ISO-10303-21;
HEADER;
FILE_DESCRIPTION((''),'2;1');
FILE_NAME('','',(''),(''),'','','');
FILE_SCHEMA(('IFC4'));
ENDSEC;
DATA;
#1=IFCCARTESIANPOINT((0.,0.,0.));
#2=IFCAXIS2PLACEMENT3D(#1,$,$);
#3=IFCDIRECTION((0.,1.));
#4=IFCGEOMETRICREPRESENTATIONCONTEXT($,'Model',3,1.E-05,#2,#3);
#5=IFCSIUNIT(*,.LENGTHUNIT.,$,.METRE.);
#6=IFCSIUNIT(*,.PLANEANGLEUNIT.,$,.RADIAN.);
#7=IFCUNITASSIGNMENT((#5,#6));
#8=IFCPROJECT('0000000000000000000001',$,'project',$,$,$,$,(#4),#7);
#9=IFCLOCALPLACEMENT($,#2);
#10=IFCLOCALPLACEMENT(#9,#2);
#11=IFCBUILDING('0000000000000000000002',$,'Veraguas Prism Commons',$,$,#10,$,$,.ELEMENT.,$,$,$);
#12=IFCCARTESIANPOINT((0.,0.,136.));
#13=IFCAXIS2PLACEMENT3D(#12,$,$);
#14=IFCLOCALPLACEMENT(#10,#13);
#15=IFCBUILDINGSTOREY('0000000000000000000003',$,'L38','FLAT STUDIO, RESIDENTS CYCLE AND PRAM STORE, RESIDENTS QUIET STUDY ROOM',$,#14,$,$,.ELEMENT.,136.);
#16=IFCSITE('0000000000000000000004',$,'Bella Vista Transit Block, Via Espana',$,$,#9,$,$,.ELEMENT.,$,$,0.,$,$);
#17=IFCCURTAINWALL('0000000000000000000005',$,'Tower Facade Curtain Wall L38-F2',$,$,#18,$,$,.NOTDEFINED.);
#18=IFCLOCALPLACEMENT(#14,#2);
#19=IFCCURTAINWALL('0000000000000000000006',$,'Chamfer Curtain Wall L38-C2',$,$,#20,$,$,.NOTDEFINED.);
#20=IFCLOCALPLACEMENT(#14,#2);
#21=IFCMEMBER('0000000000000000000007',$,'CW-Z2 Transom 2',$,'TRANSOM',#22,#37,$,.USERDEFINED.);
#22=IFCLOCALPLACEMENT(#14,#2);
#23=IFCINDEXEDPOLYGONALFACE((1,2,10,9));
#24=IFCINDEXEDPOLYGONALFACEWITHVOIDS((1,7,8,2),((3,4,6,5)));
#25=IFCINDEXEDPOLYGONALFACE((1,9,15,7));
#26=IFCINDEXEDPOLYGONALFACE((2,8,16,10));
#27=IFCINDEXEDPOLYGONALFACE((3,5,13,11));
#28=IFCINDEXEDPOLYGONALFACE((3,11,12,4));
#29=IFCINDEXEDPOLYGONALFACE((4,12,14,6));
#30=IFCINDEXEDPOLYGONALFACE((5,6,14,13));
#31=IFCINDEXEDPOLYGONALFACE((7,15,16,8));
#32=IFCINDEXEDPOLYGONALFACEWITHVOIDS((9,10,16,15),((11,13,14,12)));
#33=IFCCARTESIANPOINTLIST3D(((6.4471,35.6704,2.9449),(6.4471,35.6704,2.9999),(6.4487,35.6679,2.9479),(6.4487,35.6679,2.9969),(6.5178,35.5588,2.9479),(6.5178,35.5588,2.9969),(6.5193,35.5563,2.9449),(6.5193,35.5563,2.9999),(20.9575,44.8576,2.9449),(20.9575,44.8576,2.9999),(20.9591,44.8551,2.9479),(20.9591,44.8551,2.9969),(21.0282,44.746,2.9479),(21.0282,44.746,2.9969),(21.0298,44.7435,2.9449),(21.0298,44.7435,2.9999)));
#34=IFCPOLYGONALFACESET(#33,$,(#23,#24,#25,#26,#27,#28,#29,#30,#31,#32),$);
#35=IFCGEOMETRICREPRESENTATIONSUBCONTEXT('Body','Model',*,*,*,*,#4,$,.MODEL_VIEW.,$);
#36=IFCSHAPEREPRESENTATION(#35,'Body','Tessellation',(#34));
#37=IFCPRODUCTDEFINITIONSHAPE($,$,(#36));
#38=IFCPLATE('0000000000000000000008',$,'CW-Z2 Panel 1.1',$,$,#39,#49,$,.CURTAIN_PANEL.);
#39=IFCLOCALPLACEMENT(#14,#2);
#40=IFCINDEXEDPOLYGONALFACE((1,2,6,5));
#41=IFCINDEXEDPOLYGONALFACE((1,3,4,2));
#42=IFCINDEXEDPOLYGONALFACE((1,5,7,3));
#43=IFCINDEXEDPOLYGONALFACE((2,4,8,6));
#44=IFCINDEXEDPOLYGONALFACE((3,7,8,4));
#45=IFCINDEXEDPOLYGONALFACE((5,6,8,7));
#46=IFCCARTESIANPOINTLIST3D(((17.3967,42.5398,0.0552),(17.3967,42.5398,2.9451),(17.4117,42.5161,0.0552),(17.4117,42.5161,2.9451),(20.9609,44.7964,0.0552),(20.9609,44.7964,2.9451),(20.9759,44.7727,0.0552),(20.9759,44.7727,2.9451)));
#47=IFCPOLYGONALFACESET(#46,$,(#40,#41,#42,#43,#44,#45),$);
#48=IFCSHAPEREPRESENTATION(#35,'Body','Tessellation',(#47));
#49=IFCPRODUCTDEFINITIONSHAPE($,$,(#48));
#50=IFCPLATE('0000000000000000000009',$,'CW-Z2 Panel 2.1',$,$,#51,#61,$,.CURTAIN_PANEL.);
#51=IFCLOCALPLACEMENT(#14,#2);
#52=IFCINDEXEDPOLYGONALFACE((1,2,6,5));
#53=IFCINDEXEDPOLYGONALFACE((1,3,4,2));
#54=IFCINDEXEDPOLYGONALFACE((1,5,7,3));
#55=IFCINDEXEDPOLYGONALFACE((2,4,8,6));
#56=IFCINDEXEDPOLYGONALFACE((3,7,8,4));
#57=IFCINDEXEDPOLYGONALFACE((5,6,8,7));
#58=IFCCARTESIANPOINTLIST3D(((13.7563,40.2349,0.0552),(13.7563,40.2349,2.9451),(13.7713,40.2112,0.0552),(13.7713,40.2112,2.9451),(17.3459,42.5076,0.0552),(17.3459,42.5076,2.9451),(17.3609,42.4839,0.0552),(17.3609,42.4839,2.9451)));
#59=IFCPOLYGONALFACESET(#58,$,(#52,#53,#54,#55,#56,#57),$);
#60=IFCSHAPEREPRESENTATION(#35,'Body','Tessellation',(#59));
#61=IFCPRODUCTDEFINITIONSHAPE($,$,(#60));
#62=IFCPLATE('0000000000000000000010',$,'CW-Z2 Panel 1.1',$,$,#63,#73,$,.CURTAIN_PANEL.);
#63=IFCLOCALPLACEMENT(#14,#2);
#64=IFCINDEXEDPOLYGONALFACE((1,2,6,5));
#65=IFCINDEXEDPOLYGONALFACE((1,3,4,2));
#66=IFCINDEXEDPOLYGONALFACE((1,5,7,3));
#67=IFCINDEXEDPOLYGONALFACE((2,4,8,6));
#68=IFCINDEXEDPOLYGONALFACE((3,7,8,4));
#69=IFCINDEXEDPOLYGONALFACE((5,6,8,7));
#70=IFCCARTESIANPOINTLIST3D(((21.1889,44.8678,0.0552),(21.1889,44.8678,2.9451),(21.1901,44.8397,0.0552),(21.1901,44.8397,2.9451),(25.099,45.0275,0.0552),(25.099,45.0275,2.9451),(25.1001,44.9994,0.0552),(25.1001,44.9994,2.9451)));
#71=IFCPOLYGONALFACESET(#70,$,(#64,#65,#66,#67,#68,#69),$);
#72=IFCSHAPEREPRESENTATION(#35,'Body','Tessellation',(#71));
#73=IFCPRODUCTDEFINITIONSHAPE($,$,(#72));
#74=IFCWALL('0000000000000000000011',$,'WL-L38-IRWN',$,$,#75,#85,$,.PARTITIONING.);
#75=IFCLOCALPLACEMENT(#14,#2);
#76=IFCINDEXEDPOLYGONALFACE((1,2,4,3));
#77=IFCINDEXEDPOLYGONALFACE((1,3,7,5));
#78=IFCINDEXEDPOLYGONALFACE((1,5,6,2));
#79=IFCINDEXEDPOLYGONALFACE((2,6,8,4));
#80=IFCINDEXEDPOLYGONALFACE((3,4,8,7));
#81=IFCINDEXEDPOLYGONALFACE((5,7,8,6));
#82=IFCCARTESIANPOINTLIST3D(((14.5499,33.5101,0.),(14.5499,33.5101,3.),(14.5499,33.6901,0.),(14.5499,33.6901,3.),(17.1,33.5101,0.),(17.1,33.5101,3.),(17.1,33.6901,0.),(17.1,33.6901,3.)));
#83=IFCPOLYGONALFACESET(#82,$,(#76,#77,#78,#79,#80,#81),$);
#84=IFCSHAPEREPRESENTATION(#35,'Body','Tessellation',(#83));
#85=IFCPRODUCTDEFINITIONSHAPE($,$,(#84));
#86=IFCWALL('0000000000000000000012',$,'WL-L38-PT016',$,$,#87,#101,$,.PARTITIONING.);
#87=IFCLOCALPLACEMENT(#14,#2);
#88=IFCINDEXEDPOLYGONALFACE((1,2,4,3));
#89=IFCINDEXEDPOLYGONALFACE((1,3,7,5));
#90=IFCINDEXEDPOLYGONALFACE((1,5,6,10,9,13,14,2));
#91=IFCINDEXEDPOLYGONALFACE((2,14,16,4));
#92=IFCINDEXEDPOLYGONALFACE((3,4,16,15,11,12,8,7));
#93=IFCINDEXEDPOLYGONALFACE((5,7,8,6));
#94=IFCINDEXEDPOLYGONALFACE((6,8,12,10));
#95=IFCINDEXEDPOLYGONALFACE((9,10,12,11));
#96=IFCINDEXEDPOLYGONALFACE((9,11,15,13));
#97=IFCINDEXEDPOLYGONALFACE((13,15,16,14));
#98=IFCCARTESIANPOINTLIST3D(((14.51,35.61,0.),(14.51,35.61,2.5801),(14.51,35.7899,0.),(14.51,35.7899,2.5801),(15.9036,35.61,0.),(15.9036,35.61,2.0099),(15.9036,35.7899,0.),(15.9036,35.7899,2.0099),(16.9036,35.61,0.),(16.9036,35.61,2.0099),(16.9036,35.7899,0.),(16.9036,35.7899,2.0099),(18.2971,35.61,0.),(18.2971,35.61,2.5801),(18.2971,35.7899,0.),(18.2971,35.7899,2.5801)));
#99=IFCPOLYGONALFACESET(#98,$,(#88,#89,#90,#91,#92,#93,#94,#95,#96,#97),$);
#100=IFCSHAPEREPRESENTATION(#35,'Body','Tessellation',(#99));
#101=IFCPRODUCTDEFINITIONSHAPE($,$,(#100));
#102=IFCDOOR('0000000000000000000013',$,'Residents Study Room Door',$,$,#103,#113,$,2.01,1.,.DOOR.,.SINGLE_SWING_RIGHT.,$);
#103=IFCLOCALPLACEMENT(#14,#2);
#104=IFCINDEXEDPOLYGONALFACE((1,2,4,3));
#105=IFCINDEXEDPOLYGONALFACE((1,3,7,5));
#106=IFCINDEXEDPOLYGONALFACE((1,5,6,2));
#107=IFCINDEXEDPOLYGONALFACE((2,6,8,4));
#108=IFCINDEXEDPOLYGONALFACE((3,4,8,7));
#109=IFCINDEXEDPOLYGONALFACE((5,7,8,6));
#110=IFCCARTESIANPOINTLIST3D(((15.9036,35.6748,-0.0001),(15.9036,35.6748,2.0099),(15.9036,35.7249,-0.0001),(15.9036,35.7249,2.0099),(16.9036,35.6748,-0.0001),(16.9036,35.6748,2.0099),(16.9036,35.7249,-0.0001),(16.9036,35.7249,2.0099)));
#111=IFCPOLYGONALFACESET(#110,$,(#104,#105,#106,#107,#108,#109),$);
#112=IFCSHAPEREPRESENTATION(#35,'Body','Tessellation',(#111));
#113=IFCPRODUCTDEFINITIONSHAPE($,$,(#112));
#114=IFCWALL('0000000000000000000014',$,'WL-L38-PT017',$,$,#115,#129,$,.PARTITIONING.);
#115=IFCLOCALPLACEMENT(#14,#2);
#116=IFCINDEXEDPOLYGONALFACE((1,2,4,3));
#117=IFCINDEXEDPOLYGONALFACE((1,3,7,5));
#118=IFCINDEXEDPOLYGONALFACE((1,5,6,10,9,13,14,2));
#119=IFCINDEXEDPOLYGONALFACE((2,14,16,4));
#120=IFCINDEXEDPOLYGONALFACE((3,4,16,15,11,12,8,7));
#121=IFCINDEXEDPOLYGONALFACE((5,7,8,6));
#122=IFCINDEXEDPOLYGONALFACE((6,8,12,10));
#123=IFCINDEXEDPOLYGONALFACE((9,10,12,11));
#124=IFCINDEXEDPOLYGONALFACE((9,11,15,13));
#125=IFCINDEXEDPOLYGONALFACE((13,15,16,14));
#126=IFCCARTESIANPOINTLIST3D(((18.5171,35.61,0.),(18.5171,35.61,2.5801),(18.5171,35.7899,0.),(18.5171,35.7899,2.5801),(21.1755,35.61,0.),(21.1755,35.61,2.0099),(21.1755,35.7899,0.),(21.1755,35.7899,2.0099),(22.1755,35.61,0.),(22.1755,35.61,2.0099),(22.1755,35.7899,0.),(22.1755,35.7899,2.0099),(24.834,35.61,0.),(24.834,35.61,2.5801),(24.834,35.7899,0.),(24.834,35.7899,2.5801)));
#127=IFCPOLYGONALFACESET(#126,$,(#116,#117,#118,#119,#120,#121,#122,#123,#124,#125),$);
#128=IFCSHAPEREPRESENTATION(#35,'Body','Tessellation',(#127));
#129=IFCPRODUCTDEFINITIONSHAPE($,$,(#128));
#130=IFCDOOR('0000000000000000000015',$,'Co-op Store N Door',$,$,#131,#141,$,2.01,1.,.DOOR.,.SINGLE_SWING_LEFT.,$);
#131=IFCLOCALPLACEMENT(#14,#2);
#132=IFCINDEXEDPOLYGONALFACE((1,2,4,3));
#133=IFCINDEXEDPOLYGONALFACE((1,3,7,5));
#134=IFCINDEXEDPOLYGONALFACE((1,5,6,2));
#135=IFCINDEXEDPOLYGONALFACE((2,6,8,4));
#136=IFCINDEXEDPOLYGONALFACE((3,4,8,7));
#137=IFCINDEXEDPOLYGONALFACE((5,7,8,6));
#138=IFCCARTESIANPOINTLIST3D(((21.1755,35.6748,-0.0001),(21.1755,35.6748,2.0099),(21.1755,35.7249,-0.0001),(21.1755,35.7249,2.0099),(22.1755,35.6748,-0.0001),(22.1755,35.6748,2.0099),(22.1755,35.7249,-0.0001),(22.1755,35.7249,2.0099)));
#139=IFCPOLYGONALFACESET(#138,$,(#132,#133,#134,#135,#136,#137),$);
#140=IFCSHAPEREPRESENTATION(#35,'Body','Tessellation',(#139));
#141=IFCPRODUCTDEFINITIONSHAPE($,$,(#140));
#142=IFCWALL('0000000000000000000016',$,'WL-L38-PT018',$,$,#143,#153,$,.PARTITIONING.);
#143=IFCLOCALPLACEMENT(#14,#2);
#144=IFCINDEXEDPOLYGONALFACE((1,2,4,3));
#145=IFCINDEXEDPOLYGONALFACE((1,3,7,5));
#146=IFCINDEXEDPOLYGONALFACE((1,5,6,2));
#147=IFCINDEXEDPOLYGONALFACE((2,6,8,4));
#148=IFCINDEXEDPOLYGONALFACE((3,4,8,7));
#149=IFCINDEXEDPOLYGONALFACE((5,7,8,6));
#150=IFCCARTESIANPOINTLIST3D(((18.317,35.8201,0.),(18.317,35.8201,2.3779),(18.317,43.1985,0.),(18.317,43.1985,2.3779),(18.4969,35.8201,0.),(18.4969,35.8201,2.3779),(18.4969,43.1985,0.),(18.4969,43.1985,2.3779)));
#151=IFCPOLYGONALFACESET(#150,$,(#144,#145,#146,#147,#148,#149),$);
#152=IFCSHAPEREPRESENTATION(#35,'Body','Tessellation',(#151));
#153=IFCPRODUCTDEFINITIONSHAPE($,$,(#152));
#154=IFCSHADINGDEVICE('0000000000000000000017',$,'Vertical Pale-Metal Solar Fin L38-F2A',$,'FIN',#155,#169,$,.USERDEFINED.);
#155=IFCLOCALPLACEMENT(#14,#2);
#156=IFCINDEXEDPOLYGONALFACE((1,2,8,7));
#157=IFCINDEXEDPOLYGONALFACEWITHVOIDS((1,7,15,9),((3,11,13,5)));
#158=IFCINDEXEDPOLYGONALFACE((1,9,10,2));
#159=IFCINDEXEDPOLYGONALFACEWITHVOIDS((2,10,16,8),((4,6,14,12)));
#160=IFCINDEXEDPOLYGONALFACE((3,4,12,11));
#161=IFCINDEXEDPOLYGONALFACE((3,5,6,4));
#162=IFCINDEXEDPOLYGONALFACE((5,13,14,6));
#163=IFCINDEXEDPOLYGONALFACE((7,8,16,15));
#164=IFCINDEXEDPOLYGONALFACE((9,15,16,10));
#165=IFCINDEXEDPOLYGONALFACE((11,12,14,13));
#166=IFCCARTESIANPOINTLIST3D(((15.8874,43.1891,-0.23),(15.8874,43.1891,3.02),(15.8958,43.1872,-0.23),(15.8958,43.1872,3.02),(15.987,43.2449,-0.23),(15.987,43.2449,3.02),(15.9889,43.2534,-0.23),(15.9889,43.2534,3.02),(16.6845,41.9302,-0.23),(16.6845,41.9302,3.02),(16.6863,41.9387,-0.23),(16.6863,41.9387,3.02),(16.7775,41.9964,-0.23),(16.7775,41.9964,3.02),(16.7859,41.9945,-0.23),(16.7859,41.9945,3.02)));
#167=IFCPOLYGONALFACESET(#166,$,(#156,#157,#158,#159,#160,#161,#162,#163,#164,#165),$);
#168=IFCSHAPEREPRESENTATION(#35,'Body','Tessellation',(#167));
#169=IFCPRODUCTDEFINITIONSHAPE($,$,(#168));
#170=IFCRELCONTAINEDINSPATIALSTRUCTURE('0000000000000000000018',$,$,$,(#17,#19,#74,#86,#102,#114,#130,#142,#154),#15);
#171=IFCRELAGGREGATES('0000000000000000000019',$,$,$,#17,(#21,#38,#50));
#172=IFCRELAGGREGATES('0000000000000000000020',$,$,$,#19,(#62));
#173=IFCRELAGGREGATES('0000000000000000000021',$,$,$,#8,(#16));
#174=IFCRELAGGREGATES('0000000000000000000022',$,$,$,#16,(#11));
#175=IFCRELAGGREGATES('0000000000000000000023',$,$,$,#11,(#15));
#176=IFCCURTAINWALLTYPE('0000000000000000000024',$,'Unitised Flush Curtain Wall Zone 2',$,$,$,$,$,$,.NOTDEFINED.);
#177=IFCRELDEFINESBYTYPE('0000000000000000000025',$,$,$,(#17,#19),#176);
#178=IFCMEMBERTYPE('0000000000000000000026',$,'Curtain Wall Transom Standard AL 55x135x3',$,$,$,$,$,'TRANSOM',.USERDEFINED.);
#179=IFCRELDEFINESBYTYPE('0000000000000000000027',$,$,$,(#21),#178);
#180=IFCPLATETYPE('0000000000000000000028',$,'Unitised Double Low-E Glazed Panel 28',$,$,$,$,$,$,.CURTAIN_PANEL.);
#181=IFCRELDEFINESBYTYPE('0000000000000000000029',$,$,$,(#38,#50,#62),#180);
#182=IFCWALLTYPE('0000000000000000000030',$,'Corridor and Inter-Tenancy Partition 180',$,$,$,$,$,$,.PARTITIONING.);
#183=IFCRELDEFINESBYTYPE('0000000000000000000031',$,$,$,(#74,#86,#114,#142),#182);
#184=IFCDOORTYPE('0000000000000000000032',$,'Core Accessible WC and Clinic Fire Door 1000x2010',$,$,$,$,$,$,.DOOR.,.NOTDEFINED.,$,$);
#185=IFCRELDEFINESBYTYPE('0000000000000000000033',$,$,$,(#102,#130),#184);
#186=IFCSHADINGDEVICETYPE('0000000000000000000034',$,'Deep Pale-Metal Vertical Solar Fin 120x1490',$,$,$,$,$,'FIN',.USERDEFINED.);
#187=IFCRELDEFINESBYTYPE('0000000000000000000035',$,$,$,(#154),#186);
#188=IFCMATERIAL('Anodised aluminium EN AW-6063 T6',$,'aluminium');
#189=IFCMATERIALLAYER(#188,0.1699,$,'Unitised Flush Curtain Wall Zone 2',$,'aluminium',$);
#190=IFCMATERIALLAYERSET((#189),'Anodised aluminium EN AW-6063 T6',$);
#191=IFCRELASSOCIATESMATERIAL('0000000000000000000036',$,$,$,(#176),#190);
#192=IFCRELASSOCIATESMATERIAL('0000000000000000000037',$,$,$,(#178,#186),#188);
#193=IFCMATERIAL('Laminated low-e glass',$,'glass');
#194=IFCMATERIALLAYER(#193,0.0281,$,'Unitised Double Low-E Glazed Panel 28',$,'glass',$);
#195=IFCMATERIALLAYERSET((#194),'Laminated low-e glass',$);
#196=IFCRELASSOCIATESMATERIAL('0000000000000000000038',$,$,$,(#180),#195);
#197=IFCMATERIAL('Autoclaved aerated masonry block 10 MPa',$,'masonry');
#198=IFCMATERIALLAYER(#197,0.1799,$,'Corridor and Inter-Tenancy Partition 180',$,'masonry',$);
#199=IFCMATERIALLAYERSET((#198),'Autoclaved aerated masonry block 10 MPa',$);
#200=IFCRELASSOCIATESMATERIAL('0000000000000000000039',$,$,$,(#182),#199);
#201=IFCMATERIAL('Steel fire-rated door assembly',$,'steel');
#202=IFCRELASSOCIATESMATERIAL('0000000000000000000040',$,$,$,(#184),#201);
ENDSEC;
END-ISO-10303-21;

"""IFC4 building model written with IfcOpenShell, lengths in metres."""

from ifc_helpers import new_model, si_unit, direction, frame, frame_2d, origin, origin_2d, place, context, subcontext, project, spatial, rectangle, hollow_rectangle, extrude, source, transform, mapped, material, layer, layer_set, material_profile, profile_set, type_object, element, fill, aggregate, save


model = new_model("IFC4")

# Units and contexts
model_context = context("Model", 3, precision=1e-05, world=origin(), true_north=direction((0.0, 1.0)))
body_context = subcontext(model_context, "Body", "Model", "MODEL_VIEW")
ifc_project = project(units=[si_unit("LENGTHUNIT", "METRE"), si_unit("PLANEANGLEUNIT", "RADIAN")], contexts=[model_context])

# Site, building, storey
site_placement = place(None, origin())
site = spatial("IfcSite", under=ifc_project, at=site_placement, Name="Bella Vista Transit Block, Via Espana", CompositionType="ELEMENT", RefElevation=0.0)
building_placement = place(site_placement, origin())
building = spatial("IfcBuilding", under=site, at=building_placement, Name="Veraguas Prism Commons", CompositionType="ELEMENT")
storey_placement = place(building_placement, frame((0.0, 0.0, 136.0)))
storey = spatial("IfcBuildingStorey", under=building, at=storey_placement, Name="L38", Description="FLAT STUDIO, RESIDENTS CYCLE AND PRAM STORE, RESIDENTS QUIET STUDY ROOM", CompositionType="ELEMENT", Elevation=136.0)

# Curtain wall
ifc_material_1 = material(Name="Anodised aluminium EN AW-6063 T6", Category="aluminium")
ifc_layer_1 = layer(ifc_material_1, 0.1699, Name="Unitised Flush Curtain Wall Zone 2", Category="aluminium")
ifc_layer_set_1 = layer_set([ifc_layer_1], Name="Anodised aluminium EN AW-6063 T6")
curtain_wall_type = type_object("IfcCurtainWallType", Name="Unitised Flush Curtain Wall Zone 2", PredefinedType="NOTDEFINED", material=ifc_layer_set_1)
curtain_wall_1_placement = place(storey_placement, origin())
curtain_wall_1 = element("IfcCurtainWall", 1, at=curtain_wall_1_placement, inside=storey, type_object=curtain_wall_type, Name="Tower Facade Curtain Wall L38-F2", PredefinedType="NOTDEFINED")

# Curtain wall
curtain_wall_2_placement = place(storey_placement, origin())
curtain_wall_2 = element("IfcCurtainWall", 2, at=curtain_wall_2_placement, inside=storey, type_object=curtain_wall_type, Name="Chamfer Curtain Wall L38-C2", PredefinedType="NOTDEFINED")

# Member
ifc_material_profile_1 = material_profile(ifc_material_1, hollow_rectangle(XDim=0.0549, YDim=0.135, WallThickness=0.0029, at=origin_2d()), Name="AL55X135X3")
ifc_profile_set_1 = profile_set([ifc_material_profile_1], Name="Anodised aluminium EN AW-6063 T6")
member_type_1 = type_object("IfcMemberType", Name="Curtain Wall Transom Standard AL 55x135x3", ElementType="TRANSOM", PredefinedType="USERDEFINED", material=ifc_profile_set_1)
shared_shape_1 = source(origin(), body_context, "Body", "SweptSolid", [
    extrude(hollow_rectangle(XDim=0.0549, YDim=0.135, WallThickness=0.0029, at=origin_2d()), origin(), (0.0, 0.0, 1.0), 17.1743),
])
member_1_placement = place(storey_placement, frame((20.9937, 44.8005, 2.9724), z_axis=(-0.844891, -0.534939, 0.0), x_axis=(0.0, 0.0, 1.0)))
member_1 = element("IfcMember", 3, at=member_1_placement, type_object=member_type_1, Name="CW-Z2 Transom 2", ObjectType="TRANSOM", PredefinedType="USERDEFINED", context=body_context, shape_type="MappedRepresentation", body=[
    mapped(shared_shape_1, transform((0.0, 0.0, 0.0), scale=1.0)),
])

# Plates
ifc_material_2 = material(Name="Laminated low-e glass", Category="glass")
ifc_layer_2 = layer(ifc_material_2, 0.0281, Name="Unitised Double Low-E Glazed Panel 28", Category="glass")
ifc_layer_set_2 = layer_set([ifc_layer_2], Name="Laminated low-e glass")
plate_type = type_object("IfcPlateType", Name="Unitised Double Low-E Glazed Panel 28", PredefinedType="CURTAIN_PANEL", material=ifc_layer_set_2)
shared_shape_2 = source(origin(), body_context, "Body", "SweptSolid", [
    extrude(rectangle(XDim=4.2185, YDim=0.0281, at=origin_2d()), origin(), (0.0, 0.0, 1.0), 2.8899),
])
plate_1_placement = place(storey_placement, frame((19.1863, 43.6562, 0.0552), z_axis=(0.0, 0.0, 1.0), x_axis=(-0.844888, -0.534944, 0.0)))
plate_1 = element("IfcPlate", 4, at=plate_1_placement, type_object=plate_type, Name="CW-Z2 Panel 1.1", PredefinedType="CURTAIN_PANEL", context=body_context, shape_type="MappedRepresentation", body=[
    mapped(shared_shape_2, transform((0.0, 0.0, 0.0), scale=1.0)),
])
shared_shape_3 = source(origin(), body_context, "Body", "SweptSolid", [
    extrude(rectangle(XDim=4.2485, YDim=0.0281, at=origin_2d()), origin(), (0.0, 0.0, 1.0), 2.8899),
])
plate_2_placement = place(storey_placement, frame((15.5586, 41.3594, 0.0552), z_axis=(0.0, 0.0, 1.0), x_axis=(-0.844888, -0.534944, 0.0)))
plate_2 = element("IfcPlate", 5, at=plate_2_placement, type_object=plate_type, Name="CW-Z2 Panel 2.1", PredefinedType="CURTAIN_PANEL", context=body_context, shape_type="MappedRepresentation", body=[
    mapped(shared_shape_3, transform((0.0, 0.0, 0.0), scale=1.0)),
])
aggregate(curtain_wall_1, [member_1, plate_1, plate_2])
shared_shape_4 = source(origin(), body_context, "Body", "SweptSolid", [
    extrude(rectangle(XDim=3.9133, YDim=0.0281, at=origin_2d()), origin(), (0.0, 0.0, 1.0), 2.8899),
])
plate_3_placement = place(storey_placement, frame((23.1445, 44.9336, 0.0552), z_axis=(0.0, 0.0, 1.0), x_axis=(-0.999167, -0.04081, 0.0)))
plate_3 = element("IfcPlate", 6, at=plate_3_placement, type_object=plate_type, Name="CW-Z2 Panel 1.1", PredefinedType="CURTAIN_PANEL", context=body_context, shape_type="MappedRepresentation", body=[
    mapped(shared_shape_4, transform((0.0, 0.0, 0.0), scale=1.0)),
])
aggregate(curtain_wall_2, [plate_3])

# Wall
ifc_material_3 = material(Name="Autoclaved aerated masonry block 10 MPa", Category="masonry")
ifc_layer_3 = layer(ifc_material_3, 0.1799, Name="Corridor and Inter-Tenancy Partition 180", Category="masonry")
ifc_layer_set_3 = layer_set([ifc_layer_3], Name="Autoclaved aerated masonry block 10 MPa")
wall_type = type_object("IfcWallType", Name="Corridor and Inter-Tenancy Partition 180", PredefinedType="PARTITIONING", material=ifc_layer_set_3)
wall_1_placement = place(storey_placement, frame((14.55, 33.6001, 0.0), z_axis=(0.0, 0.0, 1.0), x_axis=(1.0, 0.0, 0.0)))
element("IfcWall", 7, at=wall_1_placement, inside=storey, type_object=wall_type, Name="WL-L38-IRWN", PredefinedType="PARTITIONING", context=body_context, shape_type="SweptSolid", body=[
    extrude(rectangle(XDim=2.55, YDim=0.1799, at=frame_2d((1.2749, 0.0))), origin(), (0.0, 0.0, 1.0), 3.0),
])

# Walls, openings, doors
wall_2_placement = place(storey_placement, frame((14.51, 35.7, 0.0), z_axis=(0.0, 0.0, 1.0), x_axis=(1.0, 0.0, 0.0)))
wall_2 = element("IfcWall", 8, at=wall_2_placement, inside=storey, type_object=wall_type, Name="WL-L38-PT016", PredefinedType="PARTITIONING", context=body_context, shape_type="SweptSolid", body=[
    extrude(rectangle(XDim=3.7871, YDim=0.1799, at=frame_2d((1.8936, 0.0))), origin(), (0.0, 0.0, 1.0), 2.5801),
])
opening_1_placement = place(wall_2_placement, frame((1.3936, 0.0, 0.0)))
opening_1 = element("IfcOpeningElement", 9, at=opening_1_placement, cuts=wall_2, PredefinedType="OPENING", context=body_context, shape_type="SweptSolid", body=[
    extrude(rectangle(XDim=1.0, YDim=2.01, at=frame_2d((0.5, 1.0049))), frame((0.0, 0.0999, 0.0), z_axis=(0.0, -1.0, 0.0), x_axis=(1.0, 0.0, 0.0)), (0.0, 0.0, 1.0), 0.2),
])
ifc_material_4 = material(Name="Steel fire-rated door assembly", Category="steel")
door_type = type_object("IfcDoorType", Name="Core Accessible WC and Clinic Fire Door 1000x2010", OperationType="NOTDEFINED", PredefinedType="DOOR", material=ifc_material_4)
shared_shape_5 = source(origin(), body_context, "Body", "SweptSolid", [
    extrude(rectangle(XDim=1.0, YDim=2.01, at=frame_2d((0.5, 1.0049))), frame((0.0, 0.0249, 0.0), z_axis=(0.0, -1.0, 0.0), x_axis=(1.0, 0.0, 0.0)), (0.0, 0.0, 1.0), 0.05),
])
door_1_placement = place(opening_1_placement, origin())
door_1 = element("IfcDoor", 10, at=door_1_placement, inside=storey, type_object=door_type, Name="Residents Study Room Door", OperationType="SINGLE_SWING_RIGHT", OverallHeight=2.01, OverallWidth=1.0, PredefinedType="DOOR", context=body_context, shape_type="MappedRepresentation", body=[
    mapped(shared_shape_5, transform((0.0, 0.0, 0.0), scale=1.0)),
])
fill(opening_1, door_1)
wall_3_placement = place(storey_placement, frame((18.5171, 35.7, 0.0), z_axis=(0.0, 0.0, 1.0), x_axis=(1.0, 0.0, 0.0)))
wall_3 = element("IfcWall", 11, at=wall_3_placement, inside=storey, type_object=wall_type, Name="WL-L38-PT017", PredefinedType="PARTITIONING", context=body_context, shape_type="SweptSolid", body=[
    extrude(rectangle(XDim=6.3169, YDim=0.1799, at=frame_2d((3.1584, 0.0))), origin(), (0.0, 0.0, 1.0), 2.5801),
])
opening_2_placement = place(wall_3_placement, frame((2.6584, 0.0, 0.0)))
opening_2 = element("IfcOpeningElement", 12, at=opening_2_placement, cuts=wall_3, PredefinedType="OPENING", context=body_context, shape_type="SweptSolid", body=[
    extrude(rectangle(XDim=1.0, YDim=2.01, at=frame_2d((0.5, 1.0049))), frame((0.0, 0.0999, 0.0), z_axis=(0.0, -1.0, 0.0), x_axis=(1.0, 0.0, 0.0)), (0.0, 0.0, 1.0), 0.2),
])
door_2_placement = place(opening_2_placement, origin())
door_2 = element("IfcDoor", 13, at=door_2_placement, inside=storey, type_object=door_type, Name="Co-op Store N Door", OperationType="SINGLE_SWING_LEFT", OverallHeight=2.01, OverallWidth=1.0, PredefinedType="DOOR", context=body_context, shape_type="MappedRepresentation", body=[
    mapped(shared_shape_5, transform((0.0, 0.0, 0.0), scale=1.0)),
])
fill(opening_2, door_2)

# Wall
wall_4_placement = place(storey_placement, frame((18.407, 35.8201, 0.0), z_axis=(0.0, 0.0, 1.0), x_axis=(0.0, 1.0, 0.0)))
element("IfcWall", 14, at=wall_4_placement, inside=storey, type_object=wall_type, Name="WL-L38-PT018", PredefinedType="PARTITIONING", context=body_context, shape_type="SweptSolid", body=[
    extrude(rectangle(XDim=7.3784, YDim=0.1799, at=frame_2d((3.6892, 0.0))), origin(), (0.0, 0.0, 1.0), 2.3779),
])

# Shading device
ifc_material_profile_2 = material_profile(ifc_material_1, hollow_rectangle(XDim=0.1201, YDim=1.49, WallThickness=0.0061, at=origin_2d()), Name="FIN120X1490X6")
ifc_profile_set_2 = profile_set([ifc_material_profile_2], Name="Anodised aluminium EN AW-6063 T6")
shading_device_type = type_object("IfcShadingDeviceType", Name="Deep Pale-Metal Vertical Solar Fin 120x1490", ElementType="FIN", PredefinedType="USERDEFINED", material=ifc_profile_set_2)
shading_device_placement = place(storey_placement, frame((16.3367, 42.5918, -0.23), z_axis=(0.0, 0.0, 1.0), x_axis=(-0.844888, -0.534944, 0.0)))
element("IfcShadingDevice", 15, at=shading_device_placement, inside=storey, type_object=shading_device_type, Name="Vertical Pale-Metal Solar Fin L38-F2A", ObjectType="FIN", PredefinedType="USERDEFINED", context=body_context, shape_type="SweptSolid", body=[
    extrude(hollow_rectangle(XDim=0.1201, YDim=1.49, WallThickness=0.0061, at=origin_2d()), origin(), (0.0, 0.0, 1.0), 3.25),
])

save(model, "model.ifc")
